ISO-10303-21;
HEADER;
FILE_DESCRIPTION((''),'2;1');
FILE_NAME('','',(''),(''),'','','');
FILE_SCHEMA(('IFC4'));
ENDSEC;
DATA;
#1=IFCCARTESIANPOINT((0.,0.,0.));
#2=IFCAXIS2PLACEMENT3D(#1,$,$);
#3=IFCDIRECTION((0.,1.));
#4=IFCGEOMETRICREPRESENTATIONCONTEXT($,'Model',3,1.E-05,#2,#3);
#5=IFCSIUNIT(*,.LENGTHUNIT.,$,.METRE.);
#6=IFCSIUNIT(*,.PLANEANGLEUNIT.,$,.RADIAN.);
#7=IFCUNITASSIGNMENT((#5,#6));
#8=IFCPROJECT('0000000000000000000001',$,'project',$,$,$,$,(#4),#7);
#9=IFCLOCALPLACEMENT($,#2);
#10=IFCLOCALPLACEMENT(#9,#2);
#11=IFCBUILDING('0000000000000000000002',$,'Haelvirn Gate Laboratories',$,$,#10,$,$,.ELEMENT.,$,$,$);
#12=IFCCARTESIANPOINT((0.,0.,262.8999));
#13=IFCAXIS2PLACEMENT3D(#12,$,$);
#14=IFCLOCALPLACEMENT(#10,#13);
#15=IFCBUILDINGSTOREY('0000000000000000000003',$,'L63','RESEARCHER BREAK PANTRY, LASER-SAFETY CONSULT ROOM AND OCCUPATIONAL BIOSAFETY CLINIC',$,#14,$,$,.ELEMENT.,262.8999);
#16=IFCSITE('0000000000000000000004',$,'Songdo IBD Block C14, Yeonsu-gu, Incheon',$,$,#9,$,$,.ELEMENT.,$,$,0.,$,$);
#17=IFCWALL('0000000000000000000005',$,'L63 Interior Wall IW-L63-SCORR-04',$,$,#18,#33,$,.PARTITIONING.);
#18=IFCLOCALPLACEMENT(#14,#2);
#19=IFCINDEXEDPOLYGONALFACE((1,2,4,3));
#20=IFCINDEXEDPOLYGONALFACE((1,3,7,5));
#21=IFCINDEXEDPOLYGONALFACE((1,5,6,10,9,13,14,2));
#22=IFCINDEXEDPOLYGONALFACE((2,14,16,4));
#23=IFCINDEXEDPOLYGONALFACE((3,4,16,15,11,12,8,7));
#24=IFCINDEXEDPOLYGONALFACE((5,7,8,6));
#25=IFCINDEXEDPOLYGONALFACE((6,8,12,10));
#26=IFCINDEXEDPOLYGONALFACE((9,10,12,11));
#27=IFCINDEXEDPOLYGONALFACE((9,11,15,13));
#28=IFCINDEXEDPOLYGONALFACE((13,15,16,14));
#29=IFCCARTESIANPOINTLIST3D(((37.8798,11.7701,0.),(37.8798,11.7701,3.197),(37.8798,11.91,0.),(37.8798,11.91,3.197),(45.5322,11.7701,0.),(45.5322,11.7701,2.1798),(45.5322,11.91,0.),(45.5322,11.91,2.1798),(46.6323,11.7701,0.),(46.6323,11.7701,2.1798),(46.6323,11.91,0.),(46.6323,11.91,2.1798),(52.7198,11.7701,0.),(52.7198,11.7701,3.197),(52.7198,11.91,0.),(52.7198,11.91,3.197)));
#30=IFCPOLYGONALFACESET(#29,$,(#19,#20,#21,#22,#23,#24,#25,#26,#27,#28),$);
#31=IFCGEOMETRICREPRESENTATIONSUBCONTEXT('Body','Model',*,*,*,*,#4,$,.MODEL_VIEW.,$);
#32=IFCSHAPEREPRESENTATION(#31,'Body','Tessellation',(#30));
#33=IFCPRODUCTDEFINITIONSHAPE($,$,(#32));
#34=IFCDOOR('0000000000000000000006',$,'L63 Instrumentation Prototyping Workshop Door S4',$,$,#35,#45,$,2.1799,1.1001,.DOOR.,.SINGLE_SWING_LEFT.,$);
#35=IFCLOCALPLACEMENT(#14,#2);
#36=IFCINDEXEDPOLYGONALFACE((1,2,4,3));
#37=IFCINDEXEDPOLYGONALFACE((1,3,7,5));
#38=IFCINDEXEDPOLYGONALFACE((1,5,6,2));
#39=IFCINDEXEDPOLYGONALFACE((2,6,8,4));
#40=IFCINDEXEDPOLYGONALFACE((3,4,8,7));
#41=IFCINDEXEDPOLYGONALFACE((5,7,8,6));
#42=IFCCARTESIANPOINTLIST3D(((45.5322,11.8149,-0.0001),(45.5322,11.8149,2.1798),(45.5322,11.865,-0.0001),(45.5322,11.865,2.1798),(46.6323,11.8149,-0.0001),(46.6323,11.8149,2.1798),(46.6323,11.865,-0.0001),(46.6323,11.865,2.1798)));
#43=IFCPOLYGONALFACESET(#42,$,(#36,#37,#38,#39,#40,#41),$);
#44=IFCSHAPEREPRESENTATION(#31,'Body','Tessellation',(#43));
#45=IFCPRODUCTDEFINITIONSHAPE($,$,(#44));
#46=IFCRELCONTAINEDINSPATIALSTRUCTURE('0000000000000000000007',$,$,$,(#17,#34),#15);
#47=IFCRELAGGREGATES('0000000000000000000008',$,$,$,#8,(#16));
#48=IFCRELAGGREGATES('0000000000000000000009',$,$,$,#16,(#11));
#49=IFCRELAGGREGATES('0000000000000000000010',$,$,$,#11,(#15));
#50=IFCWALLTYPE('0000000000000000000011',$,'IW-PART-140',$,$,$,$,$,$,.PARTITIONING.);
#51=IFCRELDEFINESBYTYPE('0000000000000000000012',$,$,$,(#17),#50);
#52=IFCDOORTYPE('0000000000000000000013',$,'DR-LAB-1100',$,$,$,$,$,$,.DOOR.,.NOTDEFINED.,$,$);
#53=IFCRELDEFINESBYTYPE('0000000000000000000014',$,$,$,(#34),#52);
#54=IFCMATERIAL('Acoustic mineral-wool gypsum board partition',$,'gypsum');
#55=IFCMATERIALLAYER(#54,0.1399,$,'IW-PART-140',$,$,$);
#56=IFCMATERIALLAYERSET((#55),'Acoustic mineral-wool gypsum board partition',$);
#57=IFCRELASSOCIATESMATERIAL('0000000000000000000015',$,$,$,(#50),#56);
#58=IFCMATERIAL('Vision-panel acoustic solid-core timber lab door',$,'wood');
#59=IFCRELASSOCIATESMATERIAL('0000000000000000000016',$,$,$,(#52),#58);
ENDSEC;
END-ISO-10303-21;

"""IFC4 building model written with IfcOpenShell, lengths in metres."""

from ifc_helpers import new_model, si_unit, direction, frame, frame_2d, origin, place, context, subcontext, project, spatial, rectangle, extrude, source, transform, mapped, material, layer, layer_set, type_object, type_shapes, element, fill, save


model = new_model("IFC4")

# Units and contexts
model_context = context("Model", 3, precision=1e-05, world=origin(), true_north=direction((0.0, 1.0)))
body_context = subcontext(model_context, "Body", "Model", "MODEL_VIEW")
ifc_project = project(units=[si_unit("LENGTHUNIT", "METRE"), si_unit("PLANEANGLEUNIT", "RADIAN")], contexts=[model_context])

# Site, building, storey
site_placement = place(None, origin())
site = spatial("IfcSite", under=ifc_project, at=site_placement, Name="Songdo IBD Block C14, Yeonsu-gu, Incheon", CompositionType="ELEMENT", RefElevation=0.0)
building_placement = place(site_placement, origin())
building = spatial("IfcBuilding", under=site, at=building_placement, Name="Haelvirn Gate Laboratories", CompositionType="ELEMENT")
storey_placement = place(building_placement, frame((0.0, 0.0, 262.8999)))
storey = spatial("IfcBuildingStorey", under=building, at=storey_placement, Name="L63", Description="RESEARCHER BREAK PANTRY, LASER-SAFETY CONSULT ROOM AND OCCUPATIONAL BIOSAFETY CLINIC", CompositionType="ELEMENT", Elevation=262.8999)

# Wall, opening, door
ifc_material_1 = material(Name="Acoustic mineral-wool gypsum board partition", Category="gypsum")
ifc_layer_1 = layer(ifc_material_1, 0.1399, Name="IW-PART-140")
ifc_layer_set_1 = layer_set([ifc_layer_1], Name="Acoustic mineral-wool gypsum board partition")
wall_type_1 = type_object("IfcWallType", Name="IW-PART-140", PredefinedType="PARTITIONING", material=ifc_layer_set_1)
wall_1_placement = place(storey_placement, frame((37.8799, 11.8401, 0.0), z_axis=(0.0, 0.0, 1.0), x_axis=(1.0, 0.0, 0.0)))
wall_1 = element("IfcWall", 1, at=wall_1_placement, inside=storey, type_object=wall_type_1, Name="L63 Interior Wall IW-L63-SCORR-04", PredefinedType="PARTITIONING", context=body_context, shape_type="SweptSolid", body=[
    extrude(rectangle(XDim=14.8401, YDim=0.1399, at=frame_2d((7.4199, 0.0))), origin(), (0.0, 0.0, 1.0), 3.197),
])
opening_placement = place(wall_1_placement, frame((7.6523, 0.0, 0.0)))
opening = element("IfcOpeningElement", 2, at=opening_placement, cuts=wall_1, PredefinedType="OPENING", context=body_context, shape_type="SweptSolid", body=[
    extrude(rectangle(XDim=1.1001, YDim=2.1799, at=frame_2d((0.55, 1.0898))), frame((0.0, 0.0801, 0.0), z_axis=(0.0, -1.0, 0.0), x_axis=(1.0, 0.0, 0.0)), (0.0, 0.0, 1.0), 0.1599),
])
ifc_material_2 = material(Name="Vision-panel acoustic solid-core timber lab door", Category="wood")
door_type = type_object("IfcDoorType", Name="DR-LAB-1100", OperationType="NOTDEFINED", PredefinedType="DOOR", material=ifc_material_2)
shared_shape_1 = source(origin(), body_context, "Body", "SweptSolid", [
    extrude(rectangle(XDim=1.1001, YDim=2.1799, at=frame_2d((0.55, 1.0898))), frame((0.0, 0.0249, 0.0), z_axis=(0.0, -1.0, 0.0), x_axis=(1.0, 0.0, 0.0)), (0.0, 0.0, 1.0), 0.05),
])
type_shapes(door_type, [shared_shape_1])
door_placement = place(opening_placement, origin())
door = element("IfcDoor", 3, at=door_placement, inside=storey, type_object=door_type, Name="L63 Instrumentation Prototyping Workshop Door S4", OperationType="SINGLE_SWING_LEFT", OverallHeight=2.1799, OverallWidth=1.1001, PredefinedType="DOOR", context=body_context, shape_type="MappedRepresentation", body=[
    mapped(shared_shape_1, transform((0.0, 0.0, 0.0), scale=1.0)),
])
fill(opening, door)

save(model, "model.ifc")
